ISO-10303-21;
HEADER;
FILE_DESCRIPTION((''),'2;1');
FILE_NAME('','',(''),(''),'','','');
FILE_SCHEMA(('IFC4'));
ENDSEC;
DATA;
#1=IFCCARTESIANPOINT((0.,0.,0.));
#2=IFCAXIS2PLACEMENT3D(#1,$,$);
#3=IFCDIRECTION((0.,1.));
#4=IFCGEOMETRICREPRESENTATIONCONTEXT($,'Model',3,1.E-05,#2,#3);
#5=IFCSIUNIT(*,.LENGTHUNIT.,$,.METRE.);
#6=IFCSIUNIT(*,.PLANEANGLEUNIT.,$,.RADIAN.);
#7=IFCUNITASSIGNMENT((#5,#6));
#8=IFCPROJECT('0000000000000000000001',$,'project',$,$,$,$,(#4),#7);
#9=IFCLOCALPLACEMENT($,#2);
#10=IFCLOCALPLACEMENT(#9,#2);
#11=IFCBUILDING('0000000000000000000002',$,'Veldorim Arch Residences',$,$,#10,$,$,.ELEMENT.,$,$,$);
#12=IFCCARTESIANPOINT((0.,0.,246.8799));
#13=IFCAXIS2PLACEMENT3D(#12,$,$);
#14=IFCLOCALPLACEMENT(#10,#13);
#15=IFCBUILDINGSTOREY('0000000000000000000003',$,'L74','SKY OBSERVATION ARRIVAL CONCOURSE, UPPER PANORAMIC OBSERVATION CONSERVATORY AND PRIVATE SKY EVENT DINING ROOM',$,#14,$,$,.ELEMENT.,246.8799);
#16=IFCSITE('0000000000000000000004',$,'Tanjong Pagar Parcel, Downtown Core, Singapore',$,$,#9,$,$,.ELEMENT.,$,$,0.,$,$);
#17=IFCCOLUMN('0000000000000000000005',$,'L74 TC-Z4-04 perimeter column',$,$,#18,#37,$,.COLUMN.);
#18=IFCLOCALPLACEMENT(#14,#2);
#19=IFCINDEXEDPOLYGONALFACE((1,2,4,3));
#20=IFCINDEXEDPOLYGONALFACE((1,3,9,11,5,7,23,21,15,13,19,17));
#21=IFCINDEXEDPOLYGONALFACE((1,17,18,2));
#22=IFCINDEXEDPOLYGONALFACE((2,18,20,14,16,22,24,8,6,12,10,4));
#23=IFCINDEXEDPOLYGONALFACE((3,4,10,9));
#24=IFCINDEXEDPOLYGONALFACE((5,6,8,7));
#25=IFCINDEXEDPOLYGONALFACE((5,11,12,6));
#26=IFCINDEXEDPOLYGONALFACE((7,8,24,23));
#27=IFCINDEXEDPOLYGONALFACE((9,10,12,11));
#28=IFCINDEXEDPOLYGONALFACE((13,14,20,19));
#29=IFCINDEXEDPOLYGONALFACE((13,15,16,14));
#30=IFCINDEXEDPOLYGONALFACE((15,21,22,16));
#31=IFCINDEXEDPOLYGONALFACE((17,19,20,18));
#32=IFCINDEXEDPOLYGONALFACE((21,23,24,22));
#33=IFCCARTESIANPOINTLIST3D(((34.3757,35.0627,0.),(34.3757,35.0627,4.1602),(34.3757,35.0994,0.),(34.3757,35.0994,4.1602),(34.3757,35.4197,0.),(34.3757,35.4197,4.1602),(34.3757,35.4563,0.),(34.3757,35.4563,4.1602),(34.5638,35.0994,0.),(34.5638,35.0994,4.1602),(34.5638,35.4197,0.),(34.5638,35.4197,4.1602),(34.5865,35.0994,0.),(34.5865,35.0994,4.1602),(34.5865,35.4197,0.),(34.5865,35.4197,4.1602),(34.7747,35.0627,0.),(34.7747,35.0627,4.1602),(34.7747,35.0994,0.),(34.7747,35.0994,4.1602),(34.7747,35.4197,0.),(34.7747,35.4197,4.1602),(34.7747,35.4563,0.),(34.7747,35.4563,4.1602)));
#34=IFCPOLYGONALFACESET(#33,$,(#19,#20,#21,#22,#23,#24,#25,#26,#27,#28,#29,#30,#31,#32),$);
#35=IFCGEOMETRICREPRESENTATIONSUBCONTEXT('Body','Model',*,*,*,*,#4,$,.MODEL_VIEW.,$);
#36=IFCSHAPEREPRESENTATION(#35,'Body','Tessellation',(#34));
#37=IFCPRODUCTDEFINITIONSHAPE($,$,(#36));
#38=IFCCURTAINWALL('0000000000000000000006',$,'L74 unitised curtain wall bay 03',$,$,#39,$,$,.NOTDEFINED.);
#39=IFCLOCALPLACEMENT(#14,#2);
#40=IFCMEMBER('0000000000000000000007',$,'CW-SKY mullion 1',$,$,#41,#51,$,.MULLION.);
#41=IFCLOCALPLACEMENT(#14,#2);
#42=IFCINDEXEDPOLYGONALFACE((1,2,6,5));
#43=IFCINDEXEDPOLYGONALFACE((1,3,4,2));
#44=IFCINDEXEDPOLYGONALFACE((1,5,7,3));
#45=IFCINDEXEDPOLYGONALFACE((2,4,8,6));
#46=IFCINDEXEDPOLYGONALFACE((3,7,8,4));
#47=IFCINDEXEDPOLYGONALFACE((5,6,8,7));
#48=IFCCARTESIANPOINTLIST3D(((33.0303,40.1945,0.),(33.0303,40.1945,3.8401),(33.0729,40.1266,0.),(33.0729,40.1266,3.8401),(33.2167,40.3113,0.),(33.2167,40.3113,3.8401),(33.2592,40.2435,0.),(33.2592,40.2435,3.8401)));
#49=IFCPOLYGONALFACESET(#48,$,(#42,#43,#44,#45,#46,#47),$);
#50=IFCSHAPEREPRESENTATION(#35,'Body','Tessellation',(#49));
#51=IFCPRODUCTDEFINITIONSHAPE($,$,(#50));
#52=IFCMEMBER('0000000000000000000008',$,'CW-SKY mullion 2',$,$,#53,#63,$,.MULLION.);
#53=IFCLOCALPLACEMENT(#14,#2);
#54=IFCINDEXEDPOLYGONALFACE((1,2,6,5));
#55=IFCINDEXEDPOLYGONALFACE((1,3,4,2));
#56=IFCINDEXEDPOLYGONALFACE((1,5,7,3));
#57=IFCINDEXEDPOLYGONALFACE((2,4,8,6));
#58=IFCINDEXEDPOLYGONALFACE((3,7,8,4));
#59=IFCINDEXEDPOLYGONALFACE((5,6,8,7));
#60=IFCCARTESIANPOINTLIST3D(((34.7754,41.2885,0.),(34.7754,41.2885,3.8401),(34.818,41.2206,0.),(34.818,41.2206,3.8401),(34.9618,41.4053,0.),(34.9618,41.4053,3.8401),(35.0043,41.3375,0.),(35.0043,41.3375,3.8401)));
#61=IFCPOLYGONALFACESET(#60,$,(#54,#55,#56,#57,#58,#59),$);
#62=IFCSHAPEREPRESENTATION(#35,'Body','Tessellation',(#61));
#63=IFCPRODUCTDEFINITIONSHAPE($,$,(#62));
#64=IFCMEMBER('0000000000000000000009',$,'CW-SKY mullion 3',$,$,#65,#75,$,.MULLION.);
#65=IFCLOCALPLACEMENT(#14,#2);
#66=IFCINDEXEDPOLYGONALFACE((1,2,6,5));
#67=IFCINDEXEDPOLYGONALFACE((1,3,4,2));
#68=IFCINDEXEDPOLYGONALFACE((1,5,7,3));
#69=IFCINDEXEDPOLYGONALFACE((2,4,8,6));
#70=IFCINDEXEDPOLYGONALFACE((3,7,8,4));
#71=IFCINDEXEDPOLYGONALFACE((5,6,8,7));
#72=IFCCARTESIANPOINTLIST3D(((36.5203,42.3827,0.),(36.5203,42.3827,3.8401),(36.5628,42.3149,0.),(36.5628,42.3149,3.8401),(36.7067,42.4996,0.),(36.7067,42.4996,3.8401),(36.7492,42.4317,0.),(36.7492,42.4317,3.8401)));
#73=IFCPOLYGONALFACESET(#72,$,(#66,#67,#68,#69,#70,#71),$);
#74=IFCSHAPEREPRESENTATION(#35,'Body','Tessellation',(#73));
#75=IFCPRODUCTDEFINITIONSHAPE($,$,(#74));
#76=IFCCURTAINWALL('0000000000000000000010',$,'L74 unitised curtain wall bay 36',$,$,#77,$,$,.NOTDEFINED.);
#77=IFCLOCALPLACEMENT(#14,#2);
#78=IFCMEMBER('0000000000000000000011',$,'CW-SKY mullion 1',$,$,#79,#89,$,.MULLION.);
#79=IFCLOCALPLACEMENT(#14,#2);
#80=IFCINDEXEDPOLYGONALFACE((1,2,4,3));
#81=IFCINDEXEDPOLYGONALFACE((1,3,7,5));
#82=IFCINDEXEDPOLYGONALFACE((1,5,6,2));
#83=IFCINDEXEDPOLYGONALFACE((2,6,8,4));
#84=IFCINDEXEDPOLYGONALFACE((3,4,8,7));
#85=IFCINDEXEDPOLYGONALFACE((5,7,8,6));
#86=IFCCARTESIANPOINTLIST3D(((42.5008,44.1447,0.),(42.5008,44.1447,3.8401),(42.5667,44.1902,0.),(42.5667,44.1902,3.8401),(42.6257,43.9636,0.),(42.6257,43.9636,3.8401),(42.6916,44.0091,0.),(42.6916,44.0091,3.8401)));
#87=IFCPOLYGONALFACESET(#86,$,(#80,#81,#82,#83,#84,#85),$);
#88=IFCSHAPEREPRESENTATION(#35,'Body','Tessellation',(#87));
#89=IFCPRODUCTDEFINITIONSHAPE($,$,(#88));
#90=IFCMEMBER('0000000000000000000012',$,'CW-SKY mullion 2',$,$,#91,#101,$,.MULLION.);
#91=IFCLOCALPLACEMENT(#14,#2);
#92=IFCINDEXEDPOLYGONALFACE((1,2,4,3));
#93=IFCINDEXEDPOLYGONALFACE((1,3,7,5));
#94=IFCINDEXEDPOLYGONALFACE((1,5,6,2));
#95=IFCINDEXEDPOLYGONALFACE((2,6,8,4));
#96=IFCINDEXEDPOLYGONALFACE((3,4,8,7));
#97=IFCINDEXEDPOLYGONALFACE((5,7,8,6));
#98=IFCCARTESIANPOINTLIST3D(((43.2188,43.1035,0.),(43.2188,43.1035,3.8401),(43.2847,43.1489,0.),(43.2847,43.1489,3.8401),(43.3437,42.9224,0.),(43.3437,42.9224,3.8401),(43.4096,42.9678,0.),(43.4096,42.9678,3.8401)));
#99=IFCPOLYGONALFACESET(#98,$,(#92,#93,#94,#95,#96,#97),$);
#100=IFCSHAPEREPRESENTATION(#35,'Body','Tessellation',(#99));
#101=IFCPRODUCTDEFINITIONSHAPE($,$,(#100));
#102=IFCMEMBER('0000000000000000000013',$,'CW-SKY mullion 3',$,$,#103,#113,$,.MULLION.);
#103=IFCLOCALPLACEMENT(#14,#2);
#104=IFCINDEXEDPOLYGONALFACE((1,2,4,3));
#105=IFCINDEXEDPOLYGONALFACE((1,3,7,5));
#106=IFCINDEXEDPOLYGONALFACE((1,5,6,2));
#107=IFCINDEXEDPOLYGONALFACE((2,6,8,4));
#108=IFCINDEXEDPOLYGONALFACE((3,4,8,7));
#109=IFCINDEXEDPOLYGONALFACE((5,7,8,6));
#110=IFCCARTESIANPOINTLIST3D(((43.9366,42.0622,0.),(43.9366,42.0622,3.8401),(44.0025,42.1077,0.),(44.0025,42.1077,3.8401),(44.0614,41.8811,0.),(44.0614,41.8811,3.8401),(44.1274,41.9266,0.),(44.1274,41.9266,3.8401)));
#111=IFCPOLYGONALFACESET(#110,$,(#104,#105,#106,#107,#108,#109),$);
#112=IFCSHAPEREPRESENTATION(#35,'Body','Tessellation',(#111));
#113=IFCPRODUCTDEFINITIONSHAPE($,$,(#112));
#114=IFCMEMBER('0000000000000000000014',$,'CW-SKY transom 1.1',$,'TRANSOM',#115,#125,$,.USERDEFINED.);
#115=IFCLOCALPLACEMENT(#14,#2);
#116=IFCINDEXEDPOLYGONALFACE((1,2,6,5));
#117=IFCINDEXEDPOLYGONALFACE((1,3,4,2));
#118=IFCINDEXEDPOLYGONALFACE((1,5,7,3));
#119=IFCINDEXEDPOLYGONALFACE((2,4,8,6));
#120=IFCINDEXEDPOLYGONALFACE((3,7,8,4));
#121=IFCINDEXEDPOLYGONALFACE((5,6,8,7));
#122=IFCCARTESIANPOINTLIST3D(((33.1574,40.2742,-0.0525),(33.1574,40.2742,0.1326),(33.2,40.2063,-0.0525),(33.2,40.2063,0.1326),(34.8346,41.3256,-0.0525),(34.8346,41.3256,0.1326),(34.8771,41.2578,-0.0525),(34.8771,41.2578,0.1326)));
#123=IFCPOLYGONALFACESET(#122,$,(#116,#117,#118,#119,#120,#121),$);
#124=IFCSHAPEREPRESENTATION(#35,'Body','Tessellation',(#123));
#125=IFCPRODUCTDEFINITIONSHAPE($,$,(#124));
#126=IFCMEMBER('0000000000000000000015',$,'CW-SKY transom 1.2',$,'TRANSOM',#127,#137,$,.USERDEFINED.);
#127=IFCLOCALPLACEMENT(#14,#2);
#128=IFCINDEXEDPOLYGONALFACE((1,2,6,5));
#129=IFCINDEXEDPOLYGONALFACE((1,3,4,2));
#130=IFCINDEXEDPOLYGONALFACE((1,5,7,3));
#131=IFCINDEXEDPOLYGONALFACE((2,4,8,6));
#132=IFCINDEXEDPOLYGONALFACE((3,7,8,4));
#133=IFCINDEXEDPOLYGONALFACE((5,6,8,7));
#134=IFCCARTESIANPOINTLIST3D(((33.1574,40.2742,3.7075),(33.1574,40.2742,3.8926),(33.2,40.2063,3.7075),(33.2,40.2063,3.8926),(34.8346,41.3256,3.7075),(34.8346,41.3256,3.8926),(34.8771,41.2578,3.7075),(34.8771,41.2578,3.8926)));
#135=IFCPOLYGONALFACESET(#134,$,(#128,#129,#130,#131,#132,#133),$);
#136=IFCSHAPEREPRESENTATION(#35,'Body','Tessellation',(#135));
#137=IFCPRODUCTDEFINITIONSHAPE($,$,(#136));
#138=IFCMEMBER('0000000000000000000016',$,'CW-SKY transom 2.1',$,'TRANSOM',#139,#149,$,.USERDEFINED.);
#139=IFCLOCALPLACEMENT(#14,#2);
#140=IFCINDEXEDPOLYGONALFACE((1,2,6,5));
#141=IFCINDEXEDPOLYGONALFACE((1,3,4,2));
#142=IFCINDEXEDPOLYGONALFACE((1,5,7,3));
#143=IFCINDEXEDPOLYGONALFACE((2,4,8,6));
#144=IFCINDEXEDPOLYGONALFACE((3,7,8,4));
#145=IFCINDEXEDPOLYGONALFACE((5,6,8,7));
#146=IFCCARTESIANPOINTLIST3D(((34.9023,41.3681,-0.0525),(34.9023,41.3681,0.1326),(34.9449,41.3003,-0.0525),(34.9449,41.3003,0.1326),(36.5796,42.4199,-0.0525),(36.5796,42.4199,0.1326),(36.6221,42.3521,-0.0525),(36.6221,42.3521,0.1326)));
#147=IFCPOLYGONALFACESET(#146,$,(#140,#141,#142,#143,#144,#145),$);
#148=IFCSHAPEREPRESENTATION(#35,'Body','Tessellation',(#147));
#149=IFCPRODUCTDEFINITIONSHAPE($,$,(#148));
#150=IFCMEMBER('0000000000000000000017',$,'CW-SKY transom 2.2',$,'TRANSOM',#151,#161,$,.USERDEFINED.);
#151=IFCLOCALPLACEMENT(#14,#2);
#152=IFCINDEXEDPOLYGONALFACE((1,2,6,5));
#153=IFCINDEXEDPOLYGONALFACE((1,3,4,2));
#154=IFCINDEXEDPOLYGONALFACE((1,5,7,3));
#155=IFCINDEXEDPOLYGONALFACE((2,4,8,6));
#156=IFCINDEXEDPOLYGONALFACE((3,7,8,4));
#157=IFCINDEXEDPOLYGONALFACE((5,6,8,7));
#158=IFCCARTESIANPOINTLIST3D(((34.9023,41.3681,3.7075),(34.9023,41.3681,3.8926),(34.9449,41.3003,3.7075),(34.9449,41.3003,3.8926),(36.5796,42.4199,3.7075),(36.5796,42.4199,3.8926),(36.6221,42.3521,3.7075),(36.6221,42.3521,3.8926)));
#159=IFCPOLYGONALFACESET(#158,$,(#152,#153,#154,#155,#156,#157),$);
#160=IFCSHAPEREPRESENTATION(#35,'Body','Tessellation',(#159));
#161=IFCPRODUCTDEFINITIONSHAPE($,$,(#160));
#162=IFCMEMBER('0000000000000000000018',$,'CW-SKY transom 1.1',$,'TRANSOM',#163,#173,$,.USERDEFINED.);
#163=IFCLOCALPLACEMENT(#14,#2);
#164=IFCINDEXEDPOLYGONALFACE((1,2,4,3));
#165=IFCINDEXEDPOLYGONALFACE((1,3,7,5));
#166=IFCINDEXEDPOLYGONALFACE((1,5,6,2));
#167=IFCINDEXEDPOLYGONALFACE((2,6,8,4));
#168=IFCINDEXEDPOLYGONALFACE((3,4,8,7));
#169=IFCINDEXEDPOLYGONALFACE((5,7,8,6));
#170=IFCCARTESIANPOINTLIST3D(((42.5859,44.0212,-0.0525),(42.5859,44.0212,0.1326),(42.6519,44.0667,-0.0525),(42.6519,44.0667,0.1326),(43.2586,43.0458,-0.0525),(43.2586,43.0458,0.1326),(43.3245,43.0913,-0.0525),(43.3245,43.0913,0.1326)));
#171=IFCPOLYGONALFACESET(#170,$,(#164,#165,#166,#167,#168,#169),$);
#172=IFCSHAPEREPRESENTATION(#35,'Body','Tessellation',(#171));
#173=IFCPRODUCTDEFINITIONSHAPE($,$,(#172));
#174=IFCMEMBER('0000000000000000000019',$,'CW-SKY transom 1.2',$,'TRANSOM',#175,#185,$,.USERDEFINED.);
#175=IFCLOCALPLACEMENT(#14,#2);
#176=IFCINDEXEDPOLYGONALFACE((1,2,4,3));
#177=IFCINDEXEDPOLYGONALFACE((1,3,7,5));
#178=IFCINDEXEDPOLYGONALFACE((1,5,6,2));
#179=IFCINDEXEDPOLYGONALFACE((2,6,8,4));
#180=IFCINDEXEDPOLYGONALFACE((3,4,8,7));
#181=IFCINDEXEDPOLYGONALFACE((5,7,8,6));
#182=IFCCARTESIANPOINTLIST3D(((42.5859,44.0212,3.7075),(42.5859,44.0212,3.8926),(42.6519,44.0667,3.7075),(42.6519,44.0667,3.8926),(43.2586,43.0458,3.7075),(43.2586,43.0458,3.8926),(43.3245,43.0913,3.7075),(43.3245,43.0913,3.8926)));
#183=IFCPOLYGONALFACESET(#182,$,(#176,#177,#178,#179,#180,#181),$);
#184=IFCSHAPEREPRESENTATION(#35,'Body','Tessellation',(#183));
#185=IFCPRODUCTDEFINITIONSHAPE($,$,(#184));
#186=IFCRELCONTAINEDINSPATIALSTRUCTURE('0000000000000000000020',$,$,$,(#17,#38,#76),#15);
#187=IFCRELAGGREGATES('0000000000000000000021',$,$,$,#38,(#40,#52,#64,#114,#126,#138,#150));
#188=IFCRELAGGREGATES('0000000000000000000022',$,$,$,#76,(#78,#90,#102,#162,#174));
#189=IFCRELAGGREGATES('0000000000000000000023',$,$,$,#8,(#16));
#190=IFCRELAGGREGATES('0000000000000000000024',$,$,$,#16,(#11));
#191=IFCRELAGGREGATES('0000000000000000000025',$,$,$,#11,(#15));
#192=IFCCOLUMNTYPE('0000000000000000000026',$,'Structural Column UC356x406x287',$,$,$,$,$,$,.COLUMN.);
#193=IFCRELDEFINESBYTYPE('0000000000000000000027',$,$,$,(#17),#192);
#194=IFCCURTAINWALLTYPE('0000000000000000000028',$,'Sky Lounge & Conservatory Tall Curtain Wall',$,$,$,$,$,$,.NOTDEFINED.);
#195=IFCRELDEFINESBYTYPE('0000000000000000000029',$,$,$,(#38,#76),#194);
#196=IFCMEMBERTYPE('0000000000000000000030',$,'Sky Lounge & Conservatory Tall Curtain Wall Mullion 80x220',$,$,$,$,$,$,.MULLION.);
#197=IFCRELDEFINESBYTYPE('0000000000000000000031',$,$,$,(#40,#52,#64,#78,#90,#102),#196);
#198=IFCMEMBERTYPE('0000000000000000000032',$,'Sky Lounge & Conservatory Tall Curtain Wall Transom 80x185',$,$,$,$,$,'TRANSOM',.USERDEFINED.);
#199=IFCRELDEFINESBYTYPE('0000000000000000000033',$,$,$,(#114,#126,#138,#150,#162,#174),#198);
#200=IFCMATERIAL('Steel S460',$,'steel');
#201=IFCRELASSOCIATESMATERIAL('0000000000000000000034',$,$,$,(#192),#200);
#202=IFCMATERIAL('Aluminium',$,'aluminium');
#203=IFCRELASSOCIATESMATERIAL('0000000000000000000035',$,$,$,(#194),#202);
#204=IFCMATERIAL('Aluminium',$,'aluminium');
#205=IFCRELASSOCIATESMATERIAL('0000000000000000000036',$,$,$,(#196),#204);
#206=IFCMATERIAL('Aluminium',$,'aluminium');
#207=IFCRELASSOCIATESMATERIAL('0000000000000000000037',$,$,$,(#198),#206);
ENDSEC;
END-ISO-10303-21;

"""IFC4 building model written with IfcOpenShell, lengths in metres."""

from ifc_helpers import new_model, si_unit, direction, frame, origin, origin_2d, place, context, subcontext, project, spatial, rectangle, i_section, extrude, material, material_profile, profile_set, type_object, element, aggregate, save


model = new_model("IFC4")

# Units and contexts
model_context = context("Model", 3, precision=1e-05, world=origin(), true_north=direction((0.0, 1.0)))
body_context = subcontext(model_context, "Body", "Model", "MODEL_VIEW")
ifc_project = project(units=[si_unit("LENGTHUNIT", "METRE"), si_unit("PLANEANGLEUNIT", "RADIAN")], contexts=[model_context])

# Site, building, storey
site_placement = place(None, origin())
site = spatial("IfcSite", under=ifc_project, at=site_placement, Name="Tanjong Pagar Parcel, Downtown Core, Singapore", CompositionType="ELEMENT", RefElevation=0.0)
building_placement = place(site_placement, origin())
building = spatial("IfcBuilding", under=site, at=building_placement, Name="Veldorim Arch Residences", CompositionType="ELEMENT")
storey_placement = place(building_placement, frame((0.0, 0.0, 246.8799)))
storey = spatial("IfcBuildingStorey", under=building, at=storey_placement, Name="L74", Description="SKY OBSERVATION ARRIVAL CONCOURSE, UPPER PANORAMIC OBSERVATION CONSERVATORY AND PRIVATE SKY EVENT DINING ROOM", CompositionType="ELEMENT", Elevation=246.8799)

# Column
ifc_material_1 = material(Name="Steel S460", Category="steel")
ifc_material_profile_1 = material_profile(ifc_material_1, i_section(OverallWidth=0.3989, OverallDepth=0.3936, WebThickness=0.0227, FlangeThickness=0.0366, at=origin_2d()), Name="UC356x406x287")
ifc_profile_set_1 = profile_set([ifc_material_profile_1], Name="Steel S460")
column_type = type_object("IfcColumnType", Name="Structural Column UC356x406x287", PredefinedType="COLUMN", material=ifc_profile_set_1)
column_placement = place(storey_placement, frame((34.5752, 35.2595, 0.0), z_axis=(0.0, 0.0, 1.0), x_axis=(1.0, 0.0, 0.0)))
element("IfcColumn", 1, at=column_placement, inside=storey, type_object=column_type, Name="L74 TC-Z4-04 perimeter column", PredefinedType="COLUMN", context=body_context, shape_type="SweptSolid", body=[
    extrude(i_section(OverallWidth=0.3989, OverallDepth=0.3936, WebThickness=0.0227, FlangeThickness=0.0366, at=origin_2d()), origin(), (0.0, 0.0, 1.0), 4.1602),
])

# Curtain walls, members
ifc_material_2 = material(Name="Aluminium", Category="aluminium")
curtain_wall_type = type_object("IfcCurtainWallType", Name="Sky Lounge & Conservatory Tall Curtain Wall", PredefinedType="NOTDEFINED", material=ifc_material_2)
curtain_wall_1_placement = place(storey_placement, origin())
curtain_wall_1 = element("IfcCurtainWall", 2, at=curtain_wall_1_placement, inside=storey, type_object=curtain_wall_type, Name="L74 unitised curtain wall bay 03", PredefinedType="NOTDEFINED")
ifc_material_3 = material(Name="Aluminium", Category="aluminium")
ifc_material_profile_2 = material_profile(ifc_material_3, rectangle(XDim=0.0801, YDim=0.22, at=origin_2d()), Name="ALU_MUL_80x220")
ifc_profile_set_2 = profile_set([ifc_material_profile_2], Name="Aluminium")
member_type_1 = type_object("IfcMemberType", Name="Sky Lounge & Conservatory Tall Curtain Wall Mullion 80x220", PredefinedType="MULLION", material=ifc_profile_set_2)
member_1_placement = place(storey_placement, frame((33.1448, 40.219, 0.0), z_axis=(0.0, 0.0, 1.0), x_axis=(-0.531193, 0.847251, 0.0)))
member_1 = element("IfcMember", 3, at=member_1_placement, type_object=member_type_1, Name="CW-SKY mullion 1", PredefinedType="MULLION", context=body_context, shape_type="SweptSolid", body=[
    extrude(rectangle(XDim=0.0801, YDim=0.22, at=origin_2d()), origin(), (0.0, 0.0, 1.0), 3.8401),
])
member_2_placement = place(storey_placement, frame((34.8899, 41.313, 0.0), z_axis=(0.0, 0.0, 1.0), x_axis=(-0.531193, 0.847251, 0.0)))
member_2 = element("IfcMember", 4, at=member_2_placement, type_object=member_type_1, Name="CW-SKY mullion 2", PredefinedType="MULLION", context=body_context, shape_type="SweptSolid", body=[
    extrude(rectangle(XDim=0.0801, YDim=0.22, at=origin_2d()), origin(), (0.0, 0.0, 1.0), 3.8401),
])
member_3_placement = place(storey_placement, frame((36.6348, 42.4072, 0.0), z_axis=(0.0, 0.0, 1.0), x_axis=(-0.531193, 0.847251, 0.0)))
member_3 = element("IfcMember", 5, at=member_3_placement, type_object=member_type_1, Name="CW-SKY mullion 3", PredefinedType="MULLION", context=body_context, shape_type="SweptSolid", body=[
    extrude(rectangle(XDim=0.0801, YDim=0.22, at=origin_2d()), origin(), (0.0, 0.0, 1.0), 3.8401),
])
curtain_wall_2_placement = place(storey_placement, origin())
curtain_wall_2 = element("IfcCurtainWall", 6, at=curtain_wall_2_placement, inside=storey, type_object=curtain_wall_type, Name="L74 unitised curtain wall bay 36", PredefinedType="NOTDEFINED")
member_4_placement = place(storey_placement, frame((42.5962, 44.0769, 0.0), z_axis=(0.0, 0.0, 1.0), x_axis=(0.823312, 0.567589, 0.0)))
member_4 = element("IfcMember", 7, at=member_4_placement, type_object=member_type_1, Name="CW-SKY mullion 1", PredefinedType="MULLION", context=body_context, shape_type="SweptSolid", body=[
    extrude(rectangle(XDim=0.0801, YDim=0.22, at=origin_2d()), origin(), (0.0, 0.0, 1.0), 3.8401),
])
member_5_placement = place(storey_placement, frame((43.3142, 43.0356, 0.0), z_axis=(0.0, 0.0, 1.0), x_axis=(0.823312, 0.567589, 0.0)))
member_5 = element("IfcMember", 8, at=member_5_placement, type_object=member_type_1, Name="CW-SKY mullion 2", PredefinedType="MULLION", context=body_context, shape_type="SweptSolid", body=[
    extrude(rectangle(XDim=0.0801, YDim=0.22, at=origin_2d()), origin(), (0.0, 0.0, 1.0), 3.8401),
])
member_6_placement = place(storey_placement, frame((44.032, 41.9944, 0.0), z_axis=(0.0, 0.0, 1.0), x_axis=(0.823312, 0.567589, 0.0)))
member_6 = element("IfcMember", 9, at=member_6_placement, type_object=member_type_1, Name="CW-SKY mullion 3", PredefinedType="MULLION", context=body_context, shape_type="SweptSolid", body=[
    extrude(rectangle(XDim=0.0801, YDim=0.22, at=origin_2d()), origin(), (0.0, 0.0, 1.0), 3.8401),
])

# Members
ifc_material_4 = material(Name="Aluminium", Category="aluminium")
ifc_material_profile_3 = material_profile(ifc_material_4, rectangle(XDim=0.0801, YDim=0.1851, at=origin_2d()), Name="ALU_TRN_80x185")
ifc_profile_set_3 = profile_set([ifc_material_profile_3], Name="Aluminium")
member_type_2 = type_object("IfcMemberType", Name="Sky Lounge & Conservatory Tall Curtain Wall Transom 80x185", ElementType="TRANSOM", PredefinedType="USERDEFINED", material=ifc_profile_set_3)
member_7_placement = place(storey_placement, frame((33.1787, 40.2402, 0.04), z_axis=(0.847263, 0.531174, 0.0), x_axis=(-0.531174, 0.847263, 0.0)))
member_7 = element("IfcMember", 10, at=member_7_placement, type_object=member_type_2, Name="CW-SKY transom 1.1", ObjectType="TRANSOM", PredefinedType="USERDEFINED", context=body_context, shape_type="SweptSolid", body=[
    extrude(rectangle(XDim=0.0801, YDim=0.1851, at=origin_2d()), origin(), (0.0, 0.0, 1.0), 1.9795),
])
member_8_placement = place(storey_placement, frame((33.1787, 40.2402, 3.8), z_axis=(0.847263, 0.531174, 0.0), x_axis=(-0.531174, 0.847263, 0.0)))
member_8 = element("IfcMember", 11, at=member_8_placement, type_object=member_type_2, Name="CW-SKY transom 1.2", ObjectType="TRANSOM", PredefinedType="USERDEFINED", context=body_context, shape_type="SweptSolid", body=[
    extrude(rectangle(XDim=0.0801, YDim=0.1851, at=origin_2d()), origin(), (0.0, 0.0, 1.0), 1.9795),
])
member_9_placement = place(storey_placement, frame((34.9236, 41.3342, 0.04), z_axis=(0.847208, 0.531262, 0.0), x_axis=(-0.531262, 0.847208, 0.0)))
member_9 = element("IfcMember", 12, at=member_9_placement, type_object=member_type_2, Name="CW-SKY transom 2.1", ObjectType="TRANSOM", PredefinedType="USERDEFINED", context=body_context, shape_type="SweptSolid", body=[
    extrude(rectangle(XDim=0.0801, YDim=0.1851, at=origin_2d()), origin(), (0.0, 0.0, 1.0), 1.9797),
])
member_10_placement = place(storey_placement, frame((34.9236, 41.3342, 3.8), z_axis=(0.847208, 0.531262, 0.0), x_axis=(-0.531262, 0.847208, 0.0)))
member_10 = element("IfcMember", 13, at=member_10_placement, type_object=member_type_2, Name="CW-SKY transom 2.2", ObjectType="TRANSOM", PredefinedType="USERDEFINED", context=body_context, shape_type="SweptSolid", body=[
    extrude(rectangle(XDim=0.0801, YDim=0.1851, at=origin_2d()), origin(), (0.0, 0.0, 1.0), 1.9797),
])
member_11_placement = place(storey_placement, frame((42.6189, 44.0439, 0.04), z_axis=(0.567709, -0.823229, 0.0), x_axis=(0.823229, 0.567709, 0.0)))
member_11 = element("IfcMember", 14, at=member_11_placement, type_object=member_type_2, Name="CW-SKY transom 1.1", ObjectType="TRANSOM", PredefinedType="USERDEFINED", context=body_context, shape_type="SweptSolid", body=[
    extrude(rectangle(XDim=0.0801, YDim=0.1851, at=origin_2d()), origin(), (0.0, 0.0, 1.0), 1.1848),
])
member_12_placement = place(storey_placement, frame((42.6189, 44.0439, 3.8), z_axis=(0.567709, -0.823229, 0.0), x_axis=(0.823229, 0.567709, 0.0)))
member_12 = element("IfcMember", 15, at=member_12_placement, type_object=member_type_2, Name="CW-SKY transom 1.2", ObjectType="TRANSOM", PredefinedType="USERDEFINED", context=body_context, shape_type="SweptSolid", body=[
    extrude(rectangle(XDim=0.0801, YDim=0.1851, at=origin_2d()), origin(), (0.0, 0.0, 1.0), 1.1848),
])

aggregate(curtain_wall_1, [member_1, member_2, member_3, member_7, member_8, member_9, member_10])
aggregate(curtain_wall_2, [member_4, member_5, member_6, member_11, member_12])

save(model, "model.ifc")
